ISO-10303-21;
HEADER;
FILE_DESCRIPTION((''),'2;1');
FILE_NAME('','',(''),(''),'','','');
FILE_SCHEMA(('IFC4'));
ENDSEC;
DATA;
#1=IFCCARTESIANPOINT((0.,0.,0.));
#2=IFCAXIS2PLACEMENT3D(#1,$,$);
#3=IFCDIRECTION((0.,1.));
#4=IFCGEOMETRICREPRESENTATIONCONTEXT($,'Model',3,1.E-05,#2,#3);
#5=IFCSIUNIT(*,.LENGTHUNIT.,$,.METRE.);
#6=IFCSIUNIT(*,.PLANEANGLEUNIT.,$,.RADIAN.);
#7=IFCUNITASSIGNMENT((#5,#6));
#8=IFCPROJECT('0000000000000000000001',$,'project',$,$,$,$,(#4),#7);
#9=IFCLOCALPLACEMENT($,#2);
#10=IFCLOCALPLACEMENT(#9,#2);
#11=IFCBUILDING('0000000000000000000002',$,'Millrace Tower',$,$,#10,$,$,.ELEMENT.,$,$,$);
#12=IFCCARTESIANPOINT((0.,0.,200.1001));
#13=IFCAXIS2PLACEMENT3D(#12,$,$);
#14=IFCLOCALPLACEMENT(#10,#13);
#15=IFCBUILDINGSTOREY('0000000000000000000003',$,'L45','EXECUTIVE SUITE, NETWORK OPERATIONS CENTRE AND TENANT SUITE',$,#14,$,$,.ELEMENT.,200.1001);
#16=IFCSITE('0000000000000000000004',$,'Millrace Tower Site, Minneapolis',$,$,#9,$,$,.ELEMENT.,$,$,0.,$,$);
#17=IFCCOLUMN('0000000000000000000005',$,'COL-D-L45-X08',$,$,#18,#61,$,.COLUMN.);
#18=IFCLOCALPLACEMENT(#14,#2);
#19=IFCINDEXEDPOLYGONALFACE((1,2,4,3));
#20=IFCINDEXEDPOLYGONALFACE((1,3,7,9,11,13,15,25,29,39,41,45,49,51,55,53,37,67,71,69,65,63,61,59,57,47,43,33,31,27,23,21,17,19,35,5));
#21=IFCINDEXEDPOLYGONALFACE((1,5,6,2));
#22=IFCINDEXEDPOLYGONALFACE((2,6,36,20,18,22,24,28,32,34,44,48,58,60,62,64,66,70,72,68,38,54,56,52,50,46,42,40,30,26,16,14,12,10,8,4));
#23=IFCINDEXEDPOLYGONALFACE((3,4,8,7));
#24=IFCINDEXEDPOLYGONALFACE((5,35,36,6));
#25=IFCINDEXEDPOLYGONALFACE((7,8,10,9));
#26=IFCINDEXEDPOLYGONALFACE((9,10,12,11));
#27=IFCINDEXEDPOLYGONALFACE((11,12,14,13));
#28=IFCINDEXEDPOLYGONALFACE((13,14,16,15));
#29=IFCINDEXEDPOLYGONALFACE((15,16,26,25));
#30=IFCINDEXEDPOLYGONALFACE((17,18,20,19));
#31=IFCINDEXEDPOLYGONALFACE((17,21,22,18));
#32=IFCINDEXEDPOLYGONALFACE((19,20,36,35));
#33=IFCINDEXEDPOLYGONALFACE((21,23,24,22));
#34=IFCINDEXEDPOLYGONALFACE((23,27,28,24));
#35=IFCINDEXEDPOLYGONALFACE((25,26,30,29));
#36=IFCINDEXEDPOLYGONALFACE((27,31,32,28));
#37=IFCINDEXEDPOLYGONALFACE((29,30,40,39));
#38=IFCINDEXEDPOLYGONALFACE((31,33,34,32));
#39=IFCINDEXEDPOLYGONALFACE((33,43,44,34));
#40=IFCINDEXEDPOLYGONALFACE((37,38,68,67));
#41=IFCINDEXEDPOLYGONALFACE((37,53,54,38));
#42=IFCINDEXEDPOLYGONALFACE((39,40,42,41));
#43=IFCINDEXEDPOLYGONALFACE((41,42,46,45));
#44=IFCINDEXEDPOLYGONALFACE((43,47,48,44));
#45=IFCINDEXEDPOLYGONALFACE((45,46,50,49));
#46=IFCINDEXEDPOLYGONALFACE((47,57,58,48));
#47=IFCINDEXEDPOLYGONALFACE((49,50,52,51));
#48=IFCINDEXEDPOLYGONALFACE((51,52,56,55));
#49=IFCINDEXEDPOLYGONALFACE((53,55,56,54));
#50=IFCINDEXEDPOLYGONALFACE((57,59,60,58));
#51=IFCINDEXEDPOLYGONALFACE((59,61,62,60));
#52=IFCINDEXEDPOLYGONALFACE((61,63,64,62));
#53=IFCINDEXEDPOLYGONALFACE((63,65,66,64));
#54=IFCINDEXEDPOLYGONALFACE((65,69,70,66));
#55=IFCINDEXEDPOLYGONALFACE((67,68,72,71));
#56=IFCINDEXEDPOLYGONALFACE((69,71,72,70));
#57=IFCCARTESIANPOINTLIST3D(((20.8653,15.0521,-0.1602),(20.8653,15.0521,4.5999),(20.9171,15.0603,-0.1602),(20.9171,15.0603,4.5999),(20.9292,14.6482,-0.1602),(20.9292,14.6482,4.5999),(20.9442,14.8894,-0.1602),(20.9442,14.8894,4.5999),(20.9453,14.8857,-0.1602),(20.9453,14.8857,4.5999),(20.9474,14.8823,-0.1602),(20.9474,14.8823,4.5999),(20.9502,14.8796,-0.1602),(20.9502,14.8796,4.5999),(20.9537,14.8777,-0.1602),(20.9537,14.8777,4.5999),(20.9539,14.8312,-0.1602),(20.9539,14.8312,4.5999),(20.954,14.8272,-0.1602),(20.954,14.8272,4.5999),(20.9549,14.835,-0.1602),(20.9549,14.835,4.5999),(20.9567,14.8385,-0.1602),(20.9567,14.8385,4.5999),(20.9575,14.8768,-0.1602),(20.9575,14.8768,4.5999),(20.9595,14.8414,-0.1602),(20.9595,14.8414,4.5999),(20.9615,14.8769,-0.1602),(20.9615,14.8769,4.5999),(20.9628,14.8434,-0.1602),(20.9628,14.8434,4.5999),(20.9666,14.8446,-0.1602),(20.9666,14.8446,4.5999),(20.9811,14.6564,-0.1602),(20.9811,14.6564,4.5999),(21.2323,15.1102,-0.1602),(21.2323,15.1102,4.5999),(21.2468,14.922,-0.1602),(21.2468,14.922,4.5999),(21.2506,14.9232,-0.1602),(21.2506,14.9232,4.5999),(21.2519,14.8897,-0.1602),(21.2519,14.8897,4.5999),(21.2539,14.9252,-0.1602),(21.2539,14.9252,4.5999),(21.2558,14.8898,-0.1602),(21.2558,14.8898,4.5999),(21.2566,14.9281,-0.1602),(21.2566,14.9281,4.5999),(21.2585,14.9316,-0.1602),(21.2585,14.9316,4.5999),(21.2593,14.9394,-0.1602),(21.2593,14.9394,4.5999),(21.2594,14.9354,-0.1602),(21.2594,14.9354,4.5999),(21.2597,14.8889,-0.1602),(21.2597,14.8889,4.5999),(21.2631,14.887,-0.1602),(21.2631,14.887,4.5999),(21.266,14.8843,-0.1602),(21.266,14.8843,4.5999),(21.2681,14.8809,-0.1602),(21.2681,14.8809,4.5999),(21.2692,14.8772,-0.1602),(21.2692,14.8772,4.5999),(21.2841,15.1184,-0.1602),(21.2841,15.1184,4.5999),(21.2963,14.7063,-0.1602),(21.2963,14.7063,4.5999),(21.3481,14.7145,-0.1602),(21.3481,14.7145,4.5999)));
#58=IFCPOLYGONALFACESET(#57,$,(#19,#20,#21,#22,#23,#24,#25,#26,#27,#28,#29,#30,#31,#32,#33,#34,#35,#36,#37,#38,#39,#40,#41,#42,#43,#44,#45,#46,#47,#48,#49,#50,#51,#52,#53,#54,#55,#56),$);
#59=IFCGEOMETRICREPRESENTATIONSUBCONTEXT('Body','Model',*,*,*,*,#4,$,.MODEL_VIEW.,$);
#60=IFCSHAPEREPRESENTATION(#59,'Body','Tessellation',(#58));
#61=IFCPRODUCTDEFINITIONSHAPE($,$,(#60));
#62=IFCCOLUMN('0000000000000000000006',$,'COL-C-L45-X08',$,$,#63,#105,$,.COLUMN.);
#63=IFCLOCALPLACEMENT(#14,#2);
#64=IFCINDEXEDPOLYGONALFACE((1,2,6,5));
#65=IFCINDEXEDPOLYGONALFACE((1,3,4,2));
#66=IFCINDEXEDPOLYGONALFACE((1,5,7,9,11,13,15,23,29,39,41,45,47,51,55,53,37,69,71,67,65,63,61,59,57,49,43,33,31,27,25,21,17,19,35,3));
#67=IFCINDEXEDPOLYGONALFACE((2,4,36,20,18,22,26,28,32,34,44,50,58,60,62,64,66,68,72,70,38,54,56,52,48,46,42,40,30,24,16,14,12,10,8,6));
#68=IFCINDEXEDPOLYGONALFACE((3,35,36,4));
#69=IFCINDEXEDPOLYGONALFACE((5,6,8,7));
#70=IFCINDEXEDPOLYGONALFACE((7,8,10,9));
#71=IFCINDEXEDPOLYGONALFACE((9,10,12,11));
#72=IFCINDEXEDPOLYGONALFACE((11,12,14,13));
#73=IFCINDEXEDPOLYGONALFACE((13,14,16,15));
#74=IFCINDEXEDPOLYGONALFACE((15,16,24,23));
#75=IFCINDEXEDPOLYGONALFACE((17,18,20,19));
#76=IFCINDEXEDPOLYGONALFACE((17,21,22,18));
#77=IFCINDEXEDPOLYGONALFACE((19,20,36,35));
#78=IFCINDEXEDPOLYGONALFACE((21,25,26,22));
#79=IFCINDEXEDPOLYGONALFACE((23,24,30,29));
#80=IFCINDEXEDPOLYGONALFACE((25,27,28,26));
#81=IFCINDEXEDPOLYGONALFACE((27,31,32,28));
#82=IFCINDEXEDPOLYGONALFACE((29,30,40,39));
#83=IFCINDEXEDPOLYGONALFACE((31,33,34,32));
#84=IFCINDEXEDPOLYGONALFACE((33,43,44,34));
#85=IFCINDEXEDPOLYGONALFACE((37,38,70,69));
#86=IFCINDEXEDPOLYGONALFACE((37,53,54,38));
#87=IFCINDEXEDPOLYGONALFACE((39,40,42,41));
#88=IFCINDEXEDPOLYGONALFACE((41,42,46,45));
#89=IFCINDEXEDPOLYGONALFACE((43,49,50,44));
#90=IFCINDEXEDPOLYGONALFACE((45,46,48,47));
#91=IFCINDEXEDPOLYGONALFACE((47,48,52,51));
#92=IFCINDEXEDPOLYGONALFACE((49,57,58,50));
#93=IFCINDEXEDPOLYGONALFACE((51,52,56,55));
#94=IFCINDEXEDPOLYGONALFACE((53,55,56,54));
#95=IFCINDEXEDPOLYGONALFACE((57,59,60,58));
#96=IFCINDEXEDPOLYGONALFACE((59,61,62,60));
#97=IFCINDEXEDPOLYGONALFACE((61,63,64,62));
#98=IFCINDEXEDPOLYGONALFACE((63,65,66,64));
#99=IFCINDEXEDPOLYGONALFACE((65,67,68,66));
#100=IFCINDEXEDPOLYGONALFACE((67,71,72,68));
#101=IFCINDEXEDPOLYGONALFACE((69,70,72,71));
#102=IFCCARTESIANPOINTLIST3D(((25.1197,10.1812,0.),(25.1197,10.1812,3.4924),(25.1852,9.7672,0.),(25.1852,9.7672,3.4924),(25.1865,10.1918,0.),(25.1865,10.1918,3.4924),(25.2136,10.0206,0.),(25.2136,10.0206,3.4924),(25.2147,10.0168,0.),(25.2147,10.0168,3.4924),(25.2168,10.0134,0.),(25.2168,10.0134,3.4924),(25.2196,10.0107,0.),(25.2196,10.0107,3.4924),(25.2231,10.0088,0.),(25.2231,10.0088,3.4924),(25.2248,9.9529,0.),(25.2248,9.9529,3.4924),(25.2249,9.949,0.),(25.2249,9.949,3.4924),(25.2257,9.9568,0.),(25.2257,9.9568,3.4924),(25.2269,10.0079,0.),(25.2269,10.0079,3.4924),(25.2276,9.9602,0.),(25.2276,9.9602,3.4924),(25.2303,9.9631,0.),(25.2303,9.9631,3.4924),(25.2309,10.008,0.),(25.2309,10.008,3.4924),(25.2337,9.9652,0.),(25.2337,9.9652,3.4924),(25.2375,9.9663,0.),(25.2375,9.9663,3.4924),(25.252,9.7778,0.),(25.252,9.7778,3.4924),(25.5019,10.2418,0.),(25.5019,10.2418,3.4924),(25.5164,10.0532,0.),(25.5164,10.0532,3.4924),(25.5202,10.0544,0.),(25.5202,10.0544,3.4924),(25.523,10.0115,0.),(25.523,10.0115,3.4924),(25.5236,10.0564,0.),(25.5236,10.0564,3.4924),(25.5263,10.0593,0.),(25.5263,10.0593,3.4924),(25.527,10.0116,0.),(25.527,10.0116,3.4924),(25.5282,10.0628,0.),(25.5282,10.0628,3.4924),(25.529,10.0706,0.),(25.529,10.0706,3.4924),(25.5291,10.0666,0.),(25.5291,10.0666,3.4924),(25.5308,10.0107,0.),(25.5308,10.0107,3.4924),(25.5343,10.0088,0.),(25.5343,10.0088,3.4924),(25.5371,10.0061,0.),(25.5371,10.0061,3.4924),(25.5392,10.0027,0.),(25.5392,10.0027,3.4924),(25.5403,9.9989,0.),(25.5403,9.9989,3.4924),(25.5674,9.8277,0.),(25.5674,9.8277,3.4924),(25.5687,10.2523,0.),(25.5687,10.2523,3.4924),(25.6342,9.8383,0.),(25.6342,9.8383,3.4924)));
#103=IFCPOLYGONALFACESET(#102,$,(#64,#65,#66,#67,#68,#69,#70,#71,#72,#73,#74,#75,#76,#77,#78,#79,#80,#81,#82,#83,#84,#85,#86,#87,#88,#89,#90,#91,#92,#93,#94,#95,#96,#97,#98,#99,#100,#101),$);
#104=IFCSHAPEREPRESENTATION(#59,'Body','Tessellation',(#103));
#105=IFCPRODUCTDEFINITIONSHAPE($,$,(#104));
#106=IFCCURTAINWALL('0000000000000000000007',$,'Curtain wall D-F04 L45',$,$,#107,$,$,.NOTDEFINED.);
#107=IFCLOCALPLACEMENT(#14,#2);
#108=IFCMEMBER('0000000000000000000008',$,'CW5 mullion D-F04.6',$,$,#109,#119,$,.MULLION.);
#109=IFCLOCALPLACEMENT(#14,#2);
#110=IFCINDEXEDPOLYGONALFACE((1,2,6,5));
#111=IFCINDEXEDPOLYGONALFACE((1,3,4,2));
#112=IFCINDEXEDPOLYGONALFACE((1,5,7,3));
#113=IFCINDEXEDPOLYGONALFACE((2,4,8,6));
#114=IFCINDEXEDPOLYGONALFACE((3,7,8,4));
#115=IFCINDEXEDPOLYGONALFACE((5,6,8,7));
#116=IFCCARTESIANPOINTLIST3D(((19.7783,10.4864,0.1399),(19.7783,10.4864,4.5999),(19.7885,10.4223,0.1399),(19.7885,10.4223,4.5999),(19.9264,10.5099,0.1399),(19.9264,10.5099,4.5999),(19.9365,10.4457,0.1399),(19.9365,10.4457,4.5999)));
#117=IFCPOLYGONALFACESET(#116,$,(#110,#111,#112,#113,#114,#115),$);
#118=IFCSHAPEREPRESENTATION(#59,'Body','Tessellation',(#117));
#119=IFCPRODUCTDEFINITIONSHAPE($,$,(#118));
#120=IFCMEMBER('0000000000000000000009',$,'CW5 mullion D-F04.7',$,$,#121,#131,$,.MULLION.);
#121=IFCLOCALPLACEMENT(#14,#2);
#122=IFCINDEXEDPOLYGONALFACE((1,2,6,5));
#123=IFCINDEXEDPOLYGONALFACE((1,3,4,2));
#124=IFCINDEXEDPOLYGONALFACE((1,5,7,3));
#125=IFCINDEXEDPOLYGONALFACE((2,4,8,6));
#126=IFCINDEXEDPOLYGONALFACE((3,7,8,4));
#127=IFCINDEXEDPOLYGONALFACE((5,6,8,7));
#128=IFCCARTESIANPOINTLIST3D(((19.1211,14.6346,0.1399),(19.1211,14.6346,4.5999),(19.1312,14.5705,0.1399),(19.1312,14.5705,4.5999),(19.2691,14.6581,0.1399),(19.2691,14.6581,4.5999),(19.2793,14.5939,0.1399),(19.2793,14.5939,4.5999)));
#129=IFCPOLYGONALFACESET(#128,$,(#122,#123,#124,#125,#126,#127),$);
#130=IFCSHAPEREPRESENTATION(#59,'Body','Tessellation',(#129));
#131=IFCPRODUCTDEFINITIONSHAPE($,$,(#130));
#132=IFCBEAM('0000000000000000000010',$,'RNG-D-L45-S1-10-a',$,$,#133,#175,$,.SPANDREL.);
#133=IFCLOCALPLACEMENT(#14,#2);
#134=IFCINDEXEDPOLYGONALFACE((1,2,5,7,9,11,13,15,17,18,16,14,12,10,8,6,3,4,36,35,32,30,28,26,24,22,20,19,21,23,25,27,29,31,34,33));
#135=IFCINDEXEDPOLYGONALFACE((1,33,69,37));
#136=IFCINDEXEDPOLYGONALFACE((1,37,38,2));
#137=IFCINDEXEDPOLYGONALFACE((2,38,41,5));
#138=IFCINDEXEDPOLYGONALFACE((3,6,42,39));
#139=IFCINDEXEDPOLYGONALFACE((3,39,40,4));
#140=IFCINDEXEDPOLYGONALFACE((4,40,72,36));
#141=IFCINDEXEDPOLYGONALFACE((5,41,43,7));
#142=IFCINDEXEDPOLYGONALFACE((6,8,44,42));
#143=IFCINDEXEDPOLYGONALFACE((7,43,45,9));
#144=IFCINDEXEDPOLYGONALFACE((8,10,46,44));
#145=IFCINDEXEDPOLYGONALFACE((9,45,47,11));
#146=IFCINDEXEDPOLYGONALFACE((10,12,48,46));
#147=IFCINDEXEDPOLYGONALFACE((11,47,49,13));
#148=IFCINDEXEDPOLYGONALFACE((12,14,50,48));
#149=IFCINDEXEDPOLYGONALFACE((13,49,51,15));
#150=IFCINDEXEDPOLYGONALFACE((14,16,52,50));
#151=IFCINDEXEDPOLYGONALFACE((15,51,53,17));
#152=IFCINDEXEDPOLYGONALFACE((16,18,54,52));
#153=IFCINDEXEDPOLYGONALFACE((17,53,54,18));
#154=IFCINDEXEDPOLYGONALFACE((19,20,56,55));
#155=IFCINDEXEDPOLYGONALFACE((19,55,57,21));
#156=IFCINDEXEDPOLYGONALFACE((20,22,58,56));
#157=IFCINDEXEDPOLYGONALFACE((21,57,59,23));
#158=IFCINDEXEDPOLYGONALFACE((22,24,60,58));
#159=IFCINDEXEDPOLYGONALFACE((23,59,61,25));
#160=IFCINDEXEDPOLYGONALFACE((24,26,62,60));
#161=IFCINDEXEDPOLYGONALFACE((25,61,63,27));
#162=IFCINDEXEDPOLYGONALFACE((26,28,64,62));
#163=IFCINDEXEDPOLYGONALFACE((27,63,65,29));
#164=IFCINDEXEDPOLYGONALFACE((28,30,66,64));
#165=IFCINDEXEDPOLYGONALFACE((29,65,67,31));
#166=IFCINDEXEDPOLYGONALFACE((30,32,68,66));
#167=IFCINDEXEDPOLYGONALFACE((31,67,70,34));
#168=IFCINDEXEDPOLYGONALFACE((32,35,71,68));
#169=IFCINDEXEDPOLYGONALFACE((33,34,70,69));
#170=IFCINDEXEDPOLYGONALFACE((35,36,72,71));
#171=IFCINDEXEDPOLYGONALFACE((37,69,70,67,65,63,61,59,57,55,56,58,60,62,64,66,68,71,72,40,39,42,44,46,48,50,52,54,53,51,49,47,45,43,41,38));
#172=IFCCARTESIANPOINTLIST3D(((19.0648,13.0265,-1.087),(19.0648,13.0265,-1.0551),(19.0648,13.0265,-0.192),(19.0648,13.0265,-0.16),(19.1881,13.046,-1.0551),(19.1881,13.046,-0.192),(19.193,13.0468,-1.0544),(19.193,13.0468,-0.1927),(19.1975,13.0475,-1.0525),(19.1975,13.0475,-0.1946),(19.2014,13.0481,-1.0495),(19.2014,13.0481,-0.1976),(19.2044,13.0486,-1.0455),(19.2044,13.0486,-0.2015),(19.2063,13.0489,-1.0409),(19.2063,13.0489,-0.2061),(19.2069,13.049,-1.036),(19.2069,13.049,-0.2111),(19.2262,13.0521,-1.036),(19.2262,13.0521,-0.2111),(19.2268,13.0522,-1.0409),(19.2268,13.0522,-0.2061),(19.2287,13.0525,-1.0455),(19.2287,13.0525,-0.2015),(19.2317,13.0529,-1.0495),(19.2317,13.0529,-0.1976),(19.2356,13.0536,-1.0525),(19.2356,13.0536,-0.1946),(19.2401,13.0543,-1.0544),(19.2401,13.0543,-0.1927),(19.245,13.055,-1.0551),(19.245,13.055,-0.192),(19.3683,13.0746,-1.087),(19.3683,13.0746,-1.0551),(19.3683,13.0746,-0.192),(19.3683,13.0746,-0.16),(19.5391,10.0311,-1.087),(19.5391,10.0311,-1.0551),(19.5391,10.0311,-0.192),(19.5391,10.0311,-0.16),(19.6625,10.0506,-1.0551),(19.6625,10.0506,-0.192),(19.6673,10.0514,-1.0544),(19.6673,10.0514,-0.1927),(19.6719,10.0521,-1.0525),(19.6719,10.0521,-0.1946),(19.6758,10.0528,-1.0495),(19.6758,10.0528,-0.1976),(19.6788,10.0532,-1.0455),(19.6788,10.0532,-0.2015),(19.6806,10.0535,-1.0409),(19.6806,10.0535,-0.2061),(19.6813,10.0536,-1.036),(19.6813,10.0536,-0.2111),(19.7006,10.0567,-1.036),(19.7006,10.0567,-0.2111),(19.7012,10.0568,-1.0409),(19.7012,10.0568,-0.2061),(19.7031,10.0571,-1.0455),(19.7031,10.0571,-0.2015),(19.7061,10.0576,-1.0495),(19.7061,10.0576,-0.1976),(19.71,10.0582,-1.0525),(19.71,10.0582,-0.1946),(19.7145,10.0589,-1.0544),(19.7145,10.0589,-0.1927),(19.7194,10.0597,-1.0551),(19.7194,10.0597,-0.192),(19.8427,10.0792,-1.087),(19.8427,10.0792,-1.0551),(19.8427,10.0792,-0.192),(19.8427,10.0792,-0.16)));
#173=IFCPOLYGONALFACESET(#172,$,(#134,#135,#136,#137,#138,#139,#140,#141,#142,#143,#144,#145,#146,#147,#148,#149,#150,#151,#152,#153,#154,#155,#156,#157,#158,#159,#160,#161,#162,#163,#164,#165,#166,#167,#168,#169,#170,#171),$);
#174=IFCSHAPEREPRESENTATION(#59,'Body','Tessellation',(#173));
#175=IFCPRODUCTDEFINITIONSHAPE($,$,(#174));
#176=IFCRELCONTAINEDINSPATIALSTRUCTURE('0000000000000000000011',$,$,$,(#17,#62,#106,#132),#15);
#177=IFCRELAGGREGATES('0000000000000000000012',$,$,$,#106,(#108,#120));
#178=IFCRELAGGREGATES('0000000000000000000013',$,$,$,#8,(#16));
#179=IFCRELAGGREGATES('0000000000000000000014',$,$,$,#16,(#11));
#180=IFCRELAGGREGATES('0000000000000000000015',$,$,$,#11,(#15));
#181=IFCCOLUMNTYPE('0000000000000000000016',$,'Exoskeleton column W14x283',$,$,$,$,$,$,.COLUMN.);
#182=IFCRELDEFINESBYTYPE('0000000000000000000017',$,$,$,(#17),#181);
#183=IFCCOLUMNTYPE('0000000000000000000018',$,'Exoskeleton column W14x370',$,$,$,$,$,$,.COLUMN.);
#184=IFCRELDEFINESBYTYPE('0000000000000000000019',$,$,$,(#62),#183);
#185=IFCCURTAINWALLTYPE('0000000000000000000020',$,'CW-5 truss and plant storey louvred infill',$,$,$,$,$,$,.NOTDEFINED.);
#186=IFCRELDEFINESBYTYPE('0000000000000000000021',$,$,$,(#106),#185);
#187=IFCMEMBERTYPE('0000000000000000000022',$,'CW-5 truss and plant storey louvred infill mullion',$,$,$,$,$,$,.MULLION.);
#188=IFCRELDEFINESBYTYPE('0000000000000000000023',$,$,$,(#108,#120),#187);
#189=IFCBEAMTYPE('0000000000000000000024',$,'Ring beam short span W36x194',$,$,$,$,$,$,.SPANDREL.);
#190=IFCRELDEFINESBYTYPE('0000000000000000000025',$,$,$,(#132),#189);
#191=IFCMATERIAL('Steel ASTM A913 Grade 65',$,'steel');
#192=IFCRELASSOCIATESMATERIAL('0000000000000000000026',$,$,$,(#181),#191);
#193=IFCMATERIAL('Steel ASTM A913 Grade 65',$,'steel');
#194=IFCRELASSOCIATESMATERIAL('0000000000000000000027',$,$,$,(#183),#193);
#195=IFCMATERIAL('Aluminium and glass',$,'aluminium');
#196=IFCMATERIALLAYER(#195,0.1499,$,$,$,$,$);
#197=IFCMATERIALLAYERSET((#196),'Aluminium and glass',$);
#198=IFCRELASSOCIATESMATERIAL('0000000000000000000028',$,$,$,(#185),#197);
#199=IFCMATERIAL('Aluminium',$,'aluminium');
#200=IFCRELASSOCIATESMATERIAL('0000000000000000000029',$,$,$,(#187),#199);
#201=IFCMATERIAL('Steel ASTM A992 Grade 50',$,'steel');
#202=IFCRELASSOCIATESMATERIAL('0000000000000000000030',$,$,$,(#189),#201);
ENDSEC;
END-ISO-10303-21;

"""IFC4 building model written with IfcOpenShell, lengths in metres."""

from ifc_helpers import new_model, si_unit, direction, frame, origin, origin_2d, place, context, subcontext, project, spatial, rectangle, i_section, extrude, material, layer, layer_set, material_profile, profile_set, type_object, element, aggregate, save


model = new_model("IFC4")

# Units and contexts
model_context = context("Model", 3, precision=1e-05, world=origin(), true_north=direction((0.0, 1.0)))
body_context = subcontext(model_context, "Body", "Model", "MODEL_VIEW")
ifc_project = project(units=[si_unit("LENGTHUNIT", "METRE"), si_unit("PLANEANGLEUNIT", "RADIAN")], contexts=[model_context])

# Site, building, storey
site_placement = place(None, origin())
site = spatial("IfcSite", under=ifc_project, at=site_placement, Name="Millrace Tower Site, Minneapolis", CompositionType="ELEMENT", RefElevation=0.0)
building_placement = place(site_placement, origin())
building = spatial("IfcBuilding", under=site, at=building_placement, Name="Millrace Tower", CompositionType="ELEMENT")
storey_placement = place(building_placement, frame((0.0, 0.0, 200.1001)))
storey = spatial("IfcBuildingStorey", under=building, at=storey_placement, Name="L45", Description="EXECUTIVE SUITE, NETWORK OPERATIONS CENTRE AND TENANT SUITE", CompositionType="ELEMENT", Elevation=200.1001)

# Columns
ifc_material_1 = material(Name="Steel ASTM A913 Grade 65", Category="steel")
ifc_material_profile_1 = material_profile(ifc_material_1, i_section(OverallWidth=0.4089, OverallDepth=0.4241, WebThickness=0.0327, FlangeThickness=0.0525, FilletRadius=0.0151, at=origin_2d()))
ifc_profile_set_1 = profile_set([ifc_material_profile_1], Name="Steel ASTM A913 Grade 65")
column_type_1 = type_object("IfcColumnType", Name="Exoskeleton column W14x283", PredefinedType="COLUMN", material=ifc_profile_set_1)
column_1_placement = place(storey_placement, frame((21.1067, 14.8833, -0.1602), z_axis=(0.0, 0.0, 1.0), x_axis=(-0.156434, 0.987688, 0.0)))
element("IfcColumn", 1, at=column_1_placement, inside=storey, type_object=column_type_1, Name="COL-D-L45-X08", PredefinedType="COLUMN", context=body_context, shape_type="SweptSolid", body=[
    extrude(i_section(OverallWidth=0.4089, OverallDepth=0.4241, WebThickness=0.0327, FlangeThickness=0.0525, FilletRadius=0.0151, at=origin_2d()), origin(), (0.0, 0.0, 1.0), 4.76),
])
ifc_material_2 = material(Name="Steel ASTM A913 Grade 65", Category="steel")
ifc_material_profile_2 = material_profile(ifc_material_2, i_section(OverallWidth=0.4192, OverallDepth=0.4546, WebThickness=0.0422, FlangeThickness=0.0676, FilletRadius=0.0151, at=origin_2d()))
ifc_profile_set_2 = profile_set([ifc_material_profile_2], Name="Steel ASTM A913 Grade 65")
column_type_2 = type_object("IfcColumnType", Name="Exoskeleton column W14x370", PredefinedType="COLUMN", material=ifc_profile_set_2)
column_2_placement = place(storey_placement, frame((25.377, 10.0098, 0.0), z_axis=(0.0, 0.0, 1.0), x_axis=(-0.156434, 0.987688, 0.0)))
element("IfcColumn", 2, at=column_2_placement, inside=storey, type_object=column_type_2, Name="COL-C-L45-X08", PredefinedType="COLUMN", context=body_context, shape_type="SweptSolid", body=[
    extrude(i_section(OverallWidth=0.4192, OverallDepth=0.4546, WebThickness=0.0422, FlangeThickness=0.0676, FilletRadius=0.0151, at=origin_2d()), origin(), (0.0, 0.0, 1.0), 3.4924),
])

# Curtain wall, members
ifc_material_3 = material(Name="Aluminium and glass", Category="aluminium")
ifc_layer_1 = layer(ifc_material_3, 0.1499)
ifc_layer_set_1 = layer_set([ifc_layer_1], Name="Aluminium and glass")
curtain_wall_type = type_object("IfcCurtainWallType", Name="CW-5 truss and plant storey louvred infill", PredefinedType="NOTDEFINED", material=ifc_layer_set_1)
curtain_wall_placement = place(storey_placement, origin())
curtain_wall = element("IfcCurtainWall", 3, at=curtain_wall_placement, inside=storey, type_object=curtain_wall_type, Name="Curtain wall D-F04 L45", PredefinedType="NOTDEFINED")
ifc_material_4 = material(Name="Aluminium", Category="aluminium")
ifc_material_profile_3 = material_profile(ifc_material_4, rectangle(XDim=0.0649, YDim=0.1499, at=origin_2d()))
ifc_profile_set_3 = profile_set([ifc_material_profile_3], Name="Aluminium")
member_type_1 = type_object("IfcMemberType", Name="CW-5 truss and plant storey louvred infill mullion", PredefinedType="MULLION", material=ifc_profile_set_3)
member_1_placement = place(storey_placement, frame((19.8574, 10.4661, 0.1399), z_axis=(0.0, 0.0, 1.0), x_axis=(-0.156434, 0.987688, 0.0)))
member_1 = element("IfcMember", 4, at=member_1_placement, type_object=member_type_1, Name="CW5 mullion D-F04.6", PredefinedType="MULLION", context=body_context, shape_type="SweptSolid", body=[
    extrude(rectangle(XDim=0.0649, YDim=0.1499, at=origin_2d()), origin(), (0.0, 0.0, 1.0), 4.46),
])
member_2_placement = place(storey_placement, frame((19.2002, 14.6143, 0.1399), z_axis=(0.0, 0.0, 1.0), x_axis=(-0.156434, 0.987688, 0.0)))
member_2 = element("IfcMember", 5, at=member_2_placement, type_object=member_type_1, Name="CW5 mullion D-F04.7", PredefinedType="MULLION", context=body_context, shape_type="SweptSolid", body=[
    extrude(rectangle(XDim=0.0649, YDim=0.1499, at=origin_2d()), origin(), (0.0, 0.0, 1.0), 4.46),
])
aggregate(curtain_wall, [member_1, member_2])

# Beam
ifc_material_5 = material(Name="Steel ASTM A992 Grade 50", Category="steel")
ifc_material_profile_4 = material_profile(ifc_material_5, i_section(OverallWidth=0.3074, OverallDepth=0.927, WebThickness=0.0195, FlangeThickness=0.032, FilletRadius=0.019, at=origin_2d()))
ifc_profile_set_4 = profile_set([ifc_material_profile_4], Name="Steel ASTM A992 Grade 50")
beam_type_1 = type_object("IfcBeamType", Name="Ring beam short span W36x194", PredefinedType="SPANDREL", material=ifc_profile_set_4)
beam_placement = place(storey_placement, frame((19.2166, 13.0505, -0.6235), z_axis=(0.156417, -0.987691, 0.0), x_axis=(0.987691, 0.156417, 0.0)))
element("IfcBeam", 6, at=beam_placement, inside=storey, type_object=beam_type_1, Name="RNG-D-L45-S1-10-a", PredefinedType="SPANDREL", context=body_context, shape_type="SweptSolid", body=[
    extrude(i_section(OverallWidth=0.3074, OverallDepth=0.927, WebThickness=0.0195, FlangeThickness=0.032, FilletRadius=0.019, at=origin_2d()), origin(), (0.0, 0.0, 1.0), 3.0327),
])

save(model, "model.ifc")
